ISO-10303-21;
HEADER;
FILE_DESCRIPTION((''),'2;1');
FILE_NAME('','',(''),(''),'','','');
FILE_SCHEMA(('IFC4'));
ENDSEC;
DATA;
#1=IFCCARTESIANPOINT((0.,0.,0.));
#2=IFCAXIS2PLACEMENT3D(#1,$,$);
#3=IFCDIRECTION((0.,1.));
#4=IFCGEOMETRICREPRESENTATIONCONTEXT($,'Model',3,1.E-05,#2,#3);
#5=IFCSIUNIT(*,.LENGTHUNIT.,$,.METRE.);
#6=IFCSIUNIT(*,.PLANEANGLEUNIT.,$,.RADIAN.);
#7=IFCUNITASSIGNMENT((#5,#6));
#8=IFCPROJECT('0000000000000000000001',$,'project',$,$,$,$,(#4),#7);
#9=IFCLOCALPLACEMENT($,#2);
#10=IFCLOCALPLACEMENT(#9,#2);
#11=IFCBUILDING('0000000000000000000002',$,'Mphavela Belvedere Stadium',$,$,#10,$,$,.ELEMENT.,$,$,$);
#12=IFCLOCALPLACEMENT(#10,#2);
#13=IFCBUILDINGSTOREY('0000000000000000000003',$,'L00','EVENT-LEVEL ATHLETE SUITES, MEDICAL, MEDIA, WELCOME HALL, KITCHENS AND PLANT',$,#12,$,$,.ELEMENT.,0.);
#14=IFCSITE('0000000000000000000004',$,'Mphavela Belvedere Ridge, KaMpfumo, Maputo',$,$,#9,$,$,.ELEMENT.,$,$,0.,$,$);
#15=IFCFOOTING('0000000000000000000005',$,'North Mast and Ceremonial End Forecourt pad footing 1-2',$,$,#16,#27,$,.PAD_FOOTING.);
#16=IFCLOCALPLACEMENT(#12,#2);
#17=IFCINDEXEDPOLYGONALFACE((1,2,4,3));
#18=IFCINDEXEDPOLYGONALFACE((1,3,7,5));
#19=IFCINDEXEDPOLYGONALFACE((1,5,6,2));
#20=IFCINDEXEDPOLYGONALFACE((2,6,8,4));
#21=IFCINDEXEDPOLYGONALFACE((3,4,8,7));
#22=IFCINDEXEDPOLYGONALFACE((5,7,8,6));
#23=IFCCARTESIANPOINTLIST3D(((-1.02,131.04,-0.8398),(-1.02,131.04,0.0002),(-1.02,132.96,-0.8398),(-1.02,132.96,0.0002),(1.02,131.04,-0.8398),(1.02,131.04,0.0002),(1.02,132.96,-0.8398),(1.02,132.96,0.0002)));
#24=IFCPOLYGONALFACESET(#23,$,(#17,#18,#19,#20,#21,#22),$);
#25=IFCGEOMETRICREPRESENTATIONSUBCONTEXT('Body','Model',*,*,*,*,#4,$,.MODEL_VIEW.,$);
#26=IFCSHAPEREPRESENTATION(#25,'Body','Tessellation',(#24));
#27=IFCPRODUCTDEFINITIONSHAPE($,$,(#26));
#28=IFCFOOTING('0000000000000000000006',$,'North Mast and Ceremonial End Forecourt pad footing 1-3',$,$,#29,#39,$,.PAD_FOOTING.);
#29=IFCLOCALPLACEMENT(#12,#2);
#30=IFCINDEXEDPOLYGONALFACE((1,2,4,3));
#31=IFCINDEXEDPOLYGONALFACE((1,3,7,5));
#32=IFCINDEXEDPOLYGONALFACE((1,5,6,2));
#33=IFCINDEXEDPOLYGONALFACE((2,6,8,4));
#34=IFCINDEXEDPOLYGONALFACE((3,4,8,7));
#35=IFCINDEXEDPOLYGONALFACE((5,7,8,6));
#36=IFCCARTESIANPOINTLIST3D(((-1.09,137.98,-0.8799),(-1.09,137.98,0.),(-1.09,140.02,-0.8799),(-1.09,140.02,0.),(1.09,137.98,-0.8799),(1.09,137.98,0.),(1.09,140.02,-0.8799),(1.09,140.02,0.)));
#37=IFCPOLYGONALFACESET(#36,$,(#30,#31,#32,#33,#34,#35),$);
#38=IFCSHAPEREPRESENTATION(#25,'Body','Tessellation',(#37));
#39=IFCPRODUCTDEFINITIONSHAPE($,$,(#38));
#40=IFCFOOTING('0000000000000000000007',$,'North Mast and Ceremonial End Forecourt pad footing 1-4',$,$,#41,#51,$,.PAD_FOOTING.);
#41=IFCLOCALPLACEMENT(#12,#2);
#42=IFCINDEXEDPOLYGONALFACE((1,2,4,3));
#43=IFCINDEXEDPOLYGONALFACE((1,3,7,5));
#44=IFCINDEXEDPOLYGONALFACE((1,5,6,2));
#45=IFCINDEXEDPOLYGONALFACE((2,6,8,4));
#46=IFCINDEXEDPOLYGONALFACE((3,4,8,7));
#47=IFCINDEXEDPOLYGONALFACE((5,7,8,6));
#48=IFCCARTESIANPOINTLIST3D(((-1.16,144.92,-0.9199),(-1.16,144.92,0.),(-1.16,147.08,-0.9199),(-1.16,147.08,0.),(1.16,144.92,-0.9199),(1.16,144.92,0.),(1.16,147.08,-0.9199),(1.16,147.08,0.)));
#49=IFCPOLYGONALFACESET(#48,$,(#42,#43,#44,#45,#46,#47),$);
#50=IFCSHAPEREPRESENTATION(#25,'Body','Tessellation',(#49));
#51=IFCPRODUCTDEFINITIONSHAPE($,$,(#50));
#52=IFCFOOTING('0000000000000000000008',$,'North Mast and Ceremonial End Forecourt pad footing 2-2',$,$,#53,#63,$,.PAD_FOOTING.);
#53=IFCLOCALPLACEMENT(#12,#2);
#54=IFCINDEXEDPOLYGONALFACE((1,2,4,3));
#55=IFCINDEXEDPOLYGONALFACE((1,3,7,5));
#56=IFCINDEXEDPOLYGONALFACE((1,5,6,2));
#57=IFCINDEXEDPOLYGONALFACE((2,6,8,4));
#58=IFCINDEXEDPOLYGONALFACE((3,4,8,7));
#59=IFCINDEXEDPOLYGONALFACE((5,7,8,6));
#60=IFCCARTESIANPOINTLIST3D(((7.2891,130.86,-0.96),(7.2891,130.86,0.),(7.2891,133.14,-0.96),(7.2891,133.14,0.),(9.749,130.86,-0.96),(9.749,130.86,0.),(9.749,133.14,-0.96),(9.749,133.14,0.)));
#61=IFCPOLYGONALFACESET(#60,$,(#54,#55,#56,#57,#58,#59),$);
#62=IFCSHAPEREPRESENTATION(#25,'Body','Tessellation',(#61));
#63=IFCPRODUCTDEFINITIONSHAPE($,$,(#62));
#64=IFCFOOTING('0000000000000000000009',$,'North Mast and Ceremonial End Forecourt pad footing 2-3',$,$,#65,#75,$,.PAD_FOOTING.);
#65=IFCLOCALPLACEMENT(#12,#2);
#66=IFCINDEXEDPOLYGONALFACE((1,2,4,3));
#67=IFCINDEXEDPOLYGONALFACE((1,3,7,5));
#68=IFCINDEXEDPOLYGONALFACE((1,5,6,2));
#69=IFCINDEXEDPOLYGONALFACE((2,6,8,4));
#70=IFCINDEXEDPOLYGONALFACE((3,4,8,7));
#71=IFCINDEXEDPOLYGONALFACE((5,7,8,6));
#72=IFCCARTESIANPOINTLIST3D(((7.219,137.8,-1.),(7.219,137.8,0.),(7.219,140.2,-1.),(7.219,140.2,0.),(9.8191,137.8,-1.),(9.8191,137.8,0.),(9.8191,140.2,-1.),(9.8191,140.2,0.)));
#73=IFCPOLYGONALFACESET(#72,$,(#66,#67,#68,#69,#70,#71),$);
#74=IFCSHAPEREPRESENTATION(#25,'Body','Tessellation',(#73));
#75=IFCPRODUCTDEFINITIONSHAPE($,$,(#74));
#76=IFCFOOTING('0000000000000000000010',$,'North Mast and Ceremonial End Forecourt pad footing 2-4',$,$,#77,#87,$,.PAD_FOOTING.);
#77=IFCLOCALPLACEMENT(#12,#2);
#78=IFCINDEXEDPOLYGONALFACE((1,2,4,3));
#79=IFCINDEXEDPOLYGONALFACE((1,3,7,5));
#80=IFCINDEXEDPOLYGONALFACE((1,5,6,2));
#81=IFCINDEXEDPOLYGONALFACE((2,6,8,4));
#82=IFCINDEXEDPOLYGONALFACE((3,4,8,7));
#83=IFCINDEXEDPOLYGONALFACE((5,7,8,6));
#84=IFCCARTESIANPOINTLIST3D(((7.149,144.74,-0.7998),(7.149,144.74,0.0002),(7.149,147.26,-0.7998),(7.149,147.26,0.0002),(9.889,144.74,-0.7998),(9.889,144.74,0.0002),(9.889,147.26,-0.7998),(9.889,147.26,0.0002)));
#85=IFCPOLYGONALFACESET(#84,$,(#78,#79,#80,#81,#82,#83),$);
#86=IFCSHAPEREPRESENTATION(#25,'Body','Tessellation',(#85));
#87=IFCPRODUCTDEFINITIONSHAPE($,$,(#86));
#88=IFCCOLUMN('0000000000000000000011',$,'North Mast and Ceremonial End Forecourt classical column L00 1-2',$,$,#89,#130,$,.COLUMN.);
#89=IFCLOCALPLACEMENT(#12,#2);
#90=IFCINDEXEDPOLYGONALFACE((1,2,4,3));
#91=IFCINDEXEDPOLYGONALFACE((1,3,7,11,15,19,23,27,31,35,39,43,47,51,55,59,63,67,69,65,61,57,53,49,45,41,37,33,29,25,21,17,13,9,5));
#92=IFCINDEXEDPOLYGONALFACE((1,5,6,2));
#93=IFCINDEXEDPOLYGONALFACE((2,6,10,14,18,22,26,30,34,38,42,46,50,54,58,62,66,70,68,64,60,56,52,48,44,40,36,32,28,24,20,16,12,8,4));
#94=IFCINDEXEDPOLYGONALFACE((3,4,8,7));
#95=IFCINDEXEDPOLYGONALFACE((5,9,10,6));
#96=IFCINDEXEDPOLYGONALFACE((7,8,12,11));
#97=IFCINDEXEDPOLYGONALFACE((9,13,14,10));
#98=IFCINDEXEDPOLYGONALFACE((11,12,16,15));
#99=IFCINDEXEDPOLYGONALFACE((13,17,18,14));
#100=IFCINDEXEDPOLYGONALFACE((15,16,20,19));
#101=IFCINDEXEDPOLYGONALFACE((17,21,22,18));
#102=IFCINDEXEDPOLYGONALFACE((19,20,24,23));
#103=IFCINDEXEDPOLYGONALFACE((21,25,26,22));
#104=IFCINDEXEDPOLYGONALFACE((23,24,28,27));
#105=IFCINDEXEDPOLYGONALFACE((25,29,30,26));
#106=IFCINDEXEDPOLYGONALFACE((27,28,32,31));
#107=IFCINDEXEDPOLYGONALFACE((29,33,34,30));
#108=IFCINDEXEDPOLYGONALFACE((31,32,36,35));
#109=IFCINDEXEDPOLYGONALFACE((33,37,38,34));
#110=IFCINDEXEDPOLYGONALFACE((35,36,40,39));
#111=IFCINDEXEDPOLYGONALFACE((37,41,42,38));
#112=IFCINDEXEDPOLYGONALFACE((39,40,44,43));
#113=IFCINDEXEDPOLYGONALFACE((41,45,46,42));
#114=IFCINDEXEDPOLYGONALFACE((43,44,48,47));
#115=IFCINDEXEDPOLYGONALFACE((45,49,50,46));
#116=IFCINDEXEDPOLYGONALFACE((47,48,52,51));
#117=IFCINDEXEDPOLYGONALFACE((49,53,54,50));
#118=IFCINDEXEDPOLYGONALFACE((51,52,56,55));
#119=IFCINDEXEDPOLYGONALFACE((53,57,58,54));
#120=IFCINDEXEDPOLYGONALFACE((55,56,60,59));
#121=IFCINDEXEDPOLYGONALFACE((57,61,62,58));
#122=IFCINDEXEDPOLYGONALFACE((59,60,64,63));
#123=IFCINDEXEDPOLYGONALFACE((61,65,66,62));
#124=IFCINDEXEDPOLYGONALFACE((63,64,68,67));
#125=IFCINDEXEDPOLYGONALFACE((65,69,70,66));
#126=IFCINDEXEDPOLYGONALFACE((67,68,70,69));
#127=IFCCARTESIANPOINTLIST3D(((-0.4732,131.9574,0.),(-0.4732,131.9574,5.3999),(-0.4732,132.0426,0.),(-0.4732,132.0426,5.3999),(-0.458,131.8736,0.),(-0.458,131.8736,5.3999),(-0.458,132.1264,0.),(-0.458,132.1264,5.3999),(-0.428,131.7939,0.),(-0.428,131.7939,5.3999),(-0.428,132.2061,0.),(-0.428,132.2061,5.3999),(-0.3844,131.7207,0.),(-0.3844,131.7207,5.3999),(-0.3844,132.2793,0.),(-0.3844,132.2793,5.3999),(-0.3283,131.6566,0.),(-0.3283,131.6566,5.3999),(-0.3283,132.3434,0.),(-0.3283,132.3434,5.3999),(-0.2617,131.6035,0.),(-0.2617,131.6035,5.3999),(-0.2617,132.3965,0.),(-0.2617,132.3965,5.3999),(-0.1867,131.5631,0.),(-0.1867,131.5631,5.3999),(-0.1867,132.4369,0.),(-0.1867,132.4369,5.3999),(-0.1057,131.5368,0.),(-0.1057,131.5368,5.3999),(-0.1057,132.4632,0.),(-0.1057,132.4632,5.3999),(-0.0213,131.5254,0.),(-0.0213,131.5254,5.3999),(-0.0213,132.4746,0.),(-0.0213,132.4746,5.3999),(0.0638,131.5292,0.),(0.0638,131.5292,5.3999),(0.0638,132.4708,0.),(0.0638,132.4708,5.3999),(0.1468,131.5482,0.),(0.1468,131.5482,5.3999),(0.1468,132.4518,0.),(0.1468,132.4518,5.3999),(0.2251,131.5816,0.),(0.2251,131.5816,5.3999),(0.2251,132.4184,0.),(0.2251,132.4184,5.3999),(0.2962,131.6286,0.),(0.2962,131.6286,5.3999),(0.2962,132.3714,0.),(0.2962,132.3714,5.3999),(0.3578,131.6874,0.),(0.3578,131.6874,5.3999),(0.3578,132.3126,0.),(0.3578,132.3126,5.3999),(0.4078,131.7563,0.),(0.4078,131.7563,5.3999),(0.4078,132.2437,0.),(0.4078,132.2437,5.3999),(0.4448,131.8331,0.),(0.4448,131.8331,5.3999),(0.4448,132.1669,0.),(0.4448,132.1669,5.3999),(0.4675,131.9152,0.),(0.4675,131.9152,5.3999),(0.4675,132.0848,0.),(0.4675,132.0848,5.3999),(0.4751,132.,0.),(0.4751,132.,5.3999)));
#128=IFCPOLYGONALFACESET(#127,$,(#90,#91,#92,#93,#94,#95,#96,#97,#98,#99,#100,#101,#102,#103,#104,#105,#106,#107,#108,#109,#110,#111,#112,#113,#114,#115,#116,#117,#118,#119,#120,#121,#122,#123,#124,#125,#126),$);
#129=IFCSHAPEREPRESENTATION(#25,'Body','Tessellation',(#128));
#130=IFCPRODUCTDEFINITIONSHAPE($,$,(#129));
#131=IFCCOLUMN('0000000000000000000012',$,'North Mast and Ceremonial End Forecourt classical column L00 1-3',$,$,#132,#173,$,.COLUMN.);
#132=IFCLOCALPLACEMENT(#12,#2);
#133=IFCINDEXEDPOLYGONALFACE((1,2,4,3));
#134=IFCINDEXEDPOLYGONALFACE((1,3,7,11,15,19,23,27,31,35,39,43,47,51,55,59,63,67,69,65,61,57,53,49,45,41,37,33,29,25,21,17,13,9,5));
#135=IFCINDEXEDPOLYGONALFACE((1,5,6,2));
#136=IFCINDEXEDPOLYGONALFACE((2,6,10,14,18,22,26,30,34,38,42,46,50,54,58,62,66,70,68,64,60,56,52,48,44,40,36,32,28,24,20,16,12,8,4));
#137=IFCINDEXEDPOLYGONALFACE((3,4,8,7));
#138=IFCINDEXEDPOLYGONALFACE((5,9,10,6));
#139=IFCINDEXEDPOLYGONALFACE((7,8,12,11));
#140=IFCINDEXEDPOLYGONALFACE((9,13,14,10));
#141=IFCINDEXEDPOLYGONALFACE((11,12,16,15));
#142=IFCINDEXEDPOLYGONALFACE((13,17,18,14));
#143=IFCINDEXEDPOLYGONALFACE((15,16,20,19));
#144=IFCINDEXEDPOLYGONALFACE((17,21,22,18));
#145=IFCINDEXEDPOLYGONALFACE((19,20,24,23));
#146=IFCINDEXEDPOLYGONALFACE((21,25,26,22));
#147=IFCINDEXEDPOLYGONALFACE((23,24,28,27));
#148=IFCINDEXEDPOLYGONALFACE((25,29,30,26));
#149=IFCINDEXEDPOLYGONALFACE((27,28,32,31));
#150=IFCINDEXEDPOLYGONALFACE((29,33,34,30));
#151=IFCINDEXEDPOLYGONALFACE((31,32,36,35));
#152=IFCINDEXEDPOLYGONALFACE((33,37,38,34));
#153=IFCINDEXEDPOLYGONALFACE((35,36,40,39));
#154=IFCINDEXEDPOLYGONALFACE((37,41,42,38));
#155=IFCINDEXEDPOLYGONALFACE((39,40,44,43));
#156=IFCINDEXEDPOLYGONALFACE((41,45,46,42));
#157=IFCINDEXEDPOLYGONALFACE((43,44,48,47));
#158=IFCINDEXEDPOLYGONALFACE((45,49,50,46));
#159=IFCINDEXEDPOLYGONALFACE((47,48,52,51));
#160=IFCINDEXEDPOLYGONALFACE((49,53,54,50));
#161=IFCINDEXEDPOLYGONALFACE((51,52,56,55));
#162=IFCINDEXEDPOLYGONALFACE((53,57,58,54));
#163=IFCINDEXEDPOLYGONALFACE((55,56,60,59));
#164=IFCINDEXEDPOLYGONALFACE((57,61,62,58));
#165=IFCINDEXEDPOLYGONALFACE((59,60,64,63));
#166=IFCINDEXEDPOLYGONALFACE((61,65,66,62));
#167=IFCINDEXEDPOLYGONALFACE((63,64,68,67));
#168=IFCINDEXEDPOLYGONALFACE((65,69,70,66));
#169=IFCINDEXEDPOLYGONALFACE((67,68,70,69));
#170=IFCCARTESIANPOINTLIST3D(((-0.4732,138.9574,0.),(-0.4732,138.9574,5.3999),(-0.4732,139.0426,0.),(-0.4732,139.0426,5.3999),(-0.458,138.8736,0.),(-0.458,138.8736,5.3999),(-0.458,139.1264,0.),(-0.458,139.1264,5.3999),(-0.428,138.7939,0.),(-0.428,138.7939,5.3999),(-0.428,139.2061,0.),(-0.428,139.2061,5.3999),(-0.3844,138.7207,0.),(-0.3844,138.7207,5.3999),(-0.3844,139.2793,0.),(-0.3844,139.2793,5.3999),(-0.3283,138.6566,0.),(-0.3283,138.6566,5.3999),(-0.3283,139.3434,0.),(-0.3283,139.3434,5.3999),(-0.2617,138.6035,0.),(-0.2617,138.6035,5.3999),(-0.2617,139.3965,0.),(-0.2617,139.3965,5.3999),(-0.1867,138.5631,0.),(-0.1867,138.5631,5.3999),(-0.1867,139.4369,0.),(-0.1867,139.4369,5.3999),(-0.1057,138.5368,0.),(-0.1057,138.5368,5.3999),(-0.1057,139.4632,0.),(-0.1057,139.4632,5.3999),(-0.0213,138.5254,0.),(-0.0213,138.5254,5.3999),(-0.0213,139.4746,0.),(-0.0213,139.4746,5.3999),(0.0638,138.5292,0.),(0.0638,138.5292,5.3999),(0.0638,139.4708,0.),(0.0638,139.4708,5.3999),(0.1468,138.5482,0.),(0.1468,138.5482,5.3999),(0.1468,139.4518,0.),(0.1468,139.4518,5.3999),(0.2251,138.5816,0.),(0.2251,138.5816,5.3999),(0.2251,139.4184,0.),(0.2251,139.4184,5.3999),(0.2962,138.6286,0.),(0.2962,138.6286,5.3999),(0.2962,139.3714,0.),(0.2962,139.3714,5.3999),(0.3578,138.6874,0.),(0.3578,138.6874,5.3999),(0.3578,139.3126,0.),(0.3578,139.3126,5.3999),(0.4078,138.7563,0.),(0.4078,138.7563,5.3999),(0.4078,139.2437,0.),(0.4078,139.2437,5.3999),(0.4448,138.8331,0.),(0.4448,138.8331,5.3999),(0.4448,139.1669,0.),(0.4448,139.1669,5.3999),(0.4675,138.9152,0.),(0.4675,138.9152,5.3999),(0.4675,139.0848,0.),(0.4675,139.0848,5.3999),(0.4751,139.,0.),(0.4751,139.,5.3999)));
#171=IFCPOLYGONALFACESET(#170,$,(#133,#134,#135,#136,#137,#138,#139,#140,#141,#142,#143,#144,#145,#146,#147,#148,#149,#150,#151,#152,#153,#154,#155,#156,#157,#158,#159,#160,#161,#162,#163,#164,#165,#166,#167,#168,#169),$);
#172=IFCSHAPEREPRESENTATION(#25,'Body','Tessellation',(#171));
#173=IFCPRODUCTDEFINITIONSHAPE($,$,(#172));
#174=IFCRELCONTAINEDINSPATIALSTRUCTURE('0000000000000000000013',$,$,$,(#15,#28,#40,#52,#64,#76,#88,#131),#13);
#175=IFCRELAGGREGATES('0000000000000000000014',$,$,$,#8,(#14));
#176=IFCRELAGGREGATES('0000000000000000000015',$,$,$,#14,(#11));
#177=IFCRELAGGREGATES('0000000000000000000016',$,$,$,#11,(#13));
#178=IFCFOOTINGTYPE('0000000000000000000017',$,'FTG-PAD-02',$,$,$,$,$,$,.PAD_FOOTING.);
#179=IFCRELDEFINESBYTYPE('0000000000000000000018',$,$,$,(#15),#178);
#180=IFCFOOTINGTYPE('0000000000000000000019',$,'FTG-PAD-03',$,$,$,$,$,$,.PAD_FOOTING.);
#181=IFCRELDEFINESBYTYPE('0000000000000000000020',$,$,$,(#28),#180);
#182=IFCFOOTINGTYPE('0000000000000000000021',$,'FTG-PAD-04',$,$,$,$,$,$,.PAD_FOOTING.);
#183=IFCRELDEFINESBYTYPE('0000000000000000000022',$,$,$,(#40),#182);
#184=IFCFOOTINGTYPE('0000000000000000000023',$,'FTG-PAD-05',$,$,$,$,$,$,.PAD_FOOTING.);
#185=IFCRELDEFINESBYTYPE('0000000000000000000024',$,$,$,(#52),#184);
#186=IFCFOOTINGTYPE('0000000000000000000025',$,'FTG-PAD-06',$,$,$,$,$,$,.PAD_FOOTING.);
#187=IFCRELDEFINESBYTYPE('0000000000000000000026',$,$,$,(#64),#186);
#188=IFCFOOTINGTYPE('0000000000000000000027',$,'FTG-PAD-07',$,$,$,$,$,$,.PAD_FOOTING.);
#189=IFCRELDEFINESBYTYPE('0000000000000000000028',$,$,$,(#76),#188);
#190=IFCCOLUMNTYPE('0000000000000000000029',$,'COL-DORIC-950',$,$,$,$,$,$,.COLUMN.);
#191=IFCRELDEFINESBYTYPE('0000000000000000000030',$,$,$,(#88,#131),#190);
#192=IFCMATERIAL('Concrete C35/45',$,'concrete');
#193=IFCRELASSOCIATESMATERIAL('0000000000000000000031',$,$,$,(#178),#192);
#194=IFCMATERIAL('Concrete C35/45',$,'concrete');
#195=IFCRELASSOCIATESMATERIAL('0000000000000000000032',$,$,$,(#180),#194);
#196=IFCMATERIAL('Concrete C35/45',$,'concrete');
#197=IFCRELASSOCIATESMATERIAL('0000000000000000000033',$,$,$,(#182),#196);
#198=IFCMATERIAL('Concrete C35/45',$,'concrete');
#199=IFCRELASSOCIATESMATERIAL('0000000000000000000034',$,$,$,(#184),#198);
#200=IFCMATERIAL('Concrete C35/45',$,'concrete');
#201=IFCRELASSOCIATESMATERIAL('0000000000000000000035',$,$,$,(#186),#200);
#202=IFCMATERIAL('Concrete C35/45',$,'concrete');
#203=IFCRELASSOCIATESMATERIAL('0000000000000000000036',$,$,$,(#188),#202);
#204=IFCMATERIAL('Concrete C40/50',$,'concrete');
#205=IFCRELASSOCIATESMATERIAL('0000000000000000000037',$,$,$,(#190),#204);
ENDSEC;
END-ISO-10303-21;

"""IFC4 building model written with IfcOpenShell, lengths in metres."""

from ifc_helpers import new_model, si_unit, direction, frame, origin, origin_2d, place, context, subcontext, project, spatial, rectangle, circle, extrude, material, material_profile, profile_set, type_object, element, save


model = new_model("IFC4")

# Units and contexts
model_context = context("Model", 3, precision=1e-05, world=origin(), true_north=direction((0.0, 1.0)))
body_context = subcontext(model_context, "Body", "Model", "MODEL_VIEW")
ifc_project = project(units=[si_unit("LENGTHUNIT", "METRE"), si_unit("PLANEANGLEUNIT", "RADIAN")], contexts=[model_context])

# Site, building, storey
site_placement = place(None, origin())
site = spatial("IfcSite", under=ifc_project, at=site_placement, Name="Mphavela Belvedere Ridge, KaMpfumo, Maputo", CompositionType="ELEMENT", RefElevation=0.0)
building_placement = place(site_placement, origin())
building = spatial("IfcBuilding", under=site, at=building_placement, Name="Mphavela Belvedere Stadium", CompositionType="ELEMENT")
storey_placement = place(building_placement, origin())
storey = spatial("IfcBuildingStorey", under=building, at=storey_placement, Name="L00", Description="EVENT-LEVEL ATHLETE SUITES, MEDICAL, MEDIA, WELCOME HALL, KITCHENS AND PLANT", CompositionType="ELEMENT", Elevation=0.0)

# Footings
ifc_material_1 = material(Name="Concrete C35/45", Category="concrete")
footing_type_1 = type_object("IfcFootingType", Name="FTG-PAD-02", PredefinedType="PAD_FOOTING", material=ifc_material_1)
footing_1_placement = place(storey_placement, frame((0.0, 132.0, -0.8398), z_axis=(0.0, 0.0, 1.0), x_axis=(1.0, 0.0, 0.0)))
element("IfcFooting", 1, at=footing_1_placement, inside=storey, type_object=footing_type_1, Name="North Mast and Ceremonial End Forecourt pad footing 1-2", PredefinedType="PAD_FOOTING", context=body_context, shape_type="SweptSolid", body=[
    extrude(rectangle(XDim=2.04, YDim=1.9199, at=origin_2d()), origin(), (0.0, 0.0, 1.0), 0.8401),
])
ifc_material_2 = material(Name="Concrete C35/45", Category="concrete")
footing_type_2 = type_object("IfcFootingType", Name="FTG-PAD-03", PredefinedType="PAD_FOOTING", material=ifc_material_2)
footing_2_placement = place(storey_placement, frame((0.0, 139.0, -0.8799), z_axis=(0.0, 0.0, 1.0), x_axis=(1.0, 0.0, 0.0)))
element("IfcFooting", 2, at=footing_2_placement, inside=storey, type_object=footing_type_2, Name="North Mast and Ceremonial End Forecourt pad footing 1-3", PredefinedType="PAD_FOOTING", context=body_context, shape_type="SweptSolid", body=[
    extrude(rectangle(XDim=2.1799, YDim=2.04, at=origin_2d()), origin(), (0.0, 0.0, 1.0), 0.8799),
])
ifc_material_3 = material(Name="Concrete C35/45", Category="concrete")
footing_type_3 = type_object("IfcFootingType", Name="FTG-PAD-04", PredefinedType="PAD_FOOTING", material=ifc_material_3)
footing_3_placement = place(storey_placement, frame((0.0, 146.0, -0.9199), z_axis=(0.0, 0.0, 1.0), x_axis=(1.0, 0.0, 0.0)))
element("IfcFooting", 3, at=footing_3_placement, inside=storey, type_object=footing_type_3, Name="North Mast and Ceremonial End Forecourt pad footing 1-4", PredefinedType="PAD_FOOTING", context=body_context, shape_type="SweptSolid", body=[
    extrude(rectangle(XDim=2.3201, YDim=2.1599, at=origin_2d()), origin(), (0.0, 0.0, 1.0), 0.9199),
])
ifc_material_4 = material(Name="Concrete C35/45", Category="concrete")
footing_type_4 = type_object("IfcFootingType", Name="FTG-PAD-05", PredefinedType="PAD_FOOTING", material=ifc_material_4)
footing_4_placement = place(storey_placement, frame((8.519, 132.0, -0.96), z_axis=(0.0, 0.0, 1.0), x_axis=(1.0, 0.0, 0.0)))
element("IfcFooting", 4, at=footing_4_placement, inside=storey, type_object=footing_type_4, Name="North Mast and Ceremonial End Forecourt pad footing 2-2", PredefinedType="PAD_FOOTING", context=body_context, shape_type="SweptSolid", body=[
    extrude(rectangle(XDim=2.46, YDim=2.28, at=origin_2d()), origin(), (0.0, 0.0, 1.0), 0.96),
])
ifc_material_5 = material(Name="Concrete C35/45", Category="concrete")
footing_type_5 = type_object("IfcFootingType", Name="FTG-PAD-06", PredefinedType="PAD_FOOTING", material=ifc_material_5)
footing_5_placement = place(storey_placement, frame((8.519, 139.0, -1.0), z_axis=(0.0, 0.0, 1.0), x_axis=(1.0, 0.0, 0.0)))
element("IfcFooting", 5, at=footing_5_placement, inside=storey, type_object=footing_type_5, Name="North Mast and Ceremonial End Forecourt pad footing 2-3", PredefinedType="PAD_FOOTING", context=body_context, shape_type="SweptSolid", body=[
    extrude(rectangle(XDim=2.6001, YDim=2.3999, at=origin_2d()), origin(), (0.0, 0.0, 1.0), 1.0),
])
ifc_material_6 = material(Name="Concrete C35/45", Category="concrete")
footing_type_6 = type_object("IfcFootingType", Name="FTG-PAD-07", PredefinedType="PAD_FOOTING", material=ifc_material_6)
footing_6_placement = place(storey_placement, frame((8.519, 146.0, -0.7998), z_axis=(0.0, 0.0, 1.0), x_axis=(1.0, 0.0, 0.0)))
element("IfcFooting", 6, at=footing_6_placement, inside=storey, type_object=footing_type_6, Name="North Mast and Ceremonial End Forecourt pad footing 2-4", PredefinedType="PAD_FOOTING", context=body_context, shape_type="SweptSolid", body=[
    extrude(rectangle(XDim=2.74, YDim=2.52, at=origin_2d()), origin(), (0.0, 0.0, 1.0), 0.8),
])

# Columns
ifc_material_7 = material(Name="Concrete C40/50", Category="concrete")
ifc_material_profile_1 = material_profile(ifc_material_7, circle(Radius=0.4751, at=origin_2d()), Name="COL D950")
ifc_profile_set_1 = profile_set([ifc_material_profile_1], Name="Concrete C40/50")
column_type = type_object("IfcColumnType", Name="COL-DORIC-950", PredefinedType="COLUMN", material=ifc_profile_set_1)
for number, where, z_axis, x_axis, name in (
    (7, (0.0, 132.0, 0.0), (0.0, 0.0, 1.0), (1.0, 0.0, 0.0), "North Mast and Ceremonial End Forecourt classical column L00 1-2"),
    (8, (0.0, 139.0, 0.0), (0.0, 0.0, 1.0), (1.0, 0.0, 0.0), "North Mast and Ceremonial End Forecourt classical column L00 1-3"),
):
    element("IfcColumn", number, at=place(storey_placement, frame(where, z_axis=z_axis, x_axis=x_axis)), inside=storey, type_object=column_type, Name=name, PredefinedType="COLUMN", context=body_context, shape_type="SweptSolid", body=[
        extrude(circle(Radius=0.4751, at=origin_2d()), origin(), (0.0, 0.0, 1.0), 5.3999),
    ])

save(model, "model.ifc")
